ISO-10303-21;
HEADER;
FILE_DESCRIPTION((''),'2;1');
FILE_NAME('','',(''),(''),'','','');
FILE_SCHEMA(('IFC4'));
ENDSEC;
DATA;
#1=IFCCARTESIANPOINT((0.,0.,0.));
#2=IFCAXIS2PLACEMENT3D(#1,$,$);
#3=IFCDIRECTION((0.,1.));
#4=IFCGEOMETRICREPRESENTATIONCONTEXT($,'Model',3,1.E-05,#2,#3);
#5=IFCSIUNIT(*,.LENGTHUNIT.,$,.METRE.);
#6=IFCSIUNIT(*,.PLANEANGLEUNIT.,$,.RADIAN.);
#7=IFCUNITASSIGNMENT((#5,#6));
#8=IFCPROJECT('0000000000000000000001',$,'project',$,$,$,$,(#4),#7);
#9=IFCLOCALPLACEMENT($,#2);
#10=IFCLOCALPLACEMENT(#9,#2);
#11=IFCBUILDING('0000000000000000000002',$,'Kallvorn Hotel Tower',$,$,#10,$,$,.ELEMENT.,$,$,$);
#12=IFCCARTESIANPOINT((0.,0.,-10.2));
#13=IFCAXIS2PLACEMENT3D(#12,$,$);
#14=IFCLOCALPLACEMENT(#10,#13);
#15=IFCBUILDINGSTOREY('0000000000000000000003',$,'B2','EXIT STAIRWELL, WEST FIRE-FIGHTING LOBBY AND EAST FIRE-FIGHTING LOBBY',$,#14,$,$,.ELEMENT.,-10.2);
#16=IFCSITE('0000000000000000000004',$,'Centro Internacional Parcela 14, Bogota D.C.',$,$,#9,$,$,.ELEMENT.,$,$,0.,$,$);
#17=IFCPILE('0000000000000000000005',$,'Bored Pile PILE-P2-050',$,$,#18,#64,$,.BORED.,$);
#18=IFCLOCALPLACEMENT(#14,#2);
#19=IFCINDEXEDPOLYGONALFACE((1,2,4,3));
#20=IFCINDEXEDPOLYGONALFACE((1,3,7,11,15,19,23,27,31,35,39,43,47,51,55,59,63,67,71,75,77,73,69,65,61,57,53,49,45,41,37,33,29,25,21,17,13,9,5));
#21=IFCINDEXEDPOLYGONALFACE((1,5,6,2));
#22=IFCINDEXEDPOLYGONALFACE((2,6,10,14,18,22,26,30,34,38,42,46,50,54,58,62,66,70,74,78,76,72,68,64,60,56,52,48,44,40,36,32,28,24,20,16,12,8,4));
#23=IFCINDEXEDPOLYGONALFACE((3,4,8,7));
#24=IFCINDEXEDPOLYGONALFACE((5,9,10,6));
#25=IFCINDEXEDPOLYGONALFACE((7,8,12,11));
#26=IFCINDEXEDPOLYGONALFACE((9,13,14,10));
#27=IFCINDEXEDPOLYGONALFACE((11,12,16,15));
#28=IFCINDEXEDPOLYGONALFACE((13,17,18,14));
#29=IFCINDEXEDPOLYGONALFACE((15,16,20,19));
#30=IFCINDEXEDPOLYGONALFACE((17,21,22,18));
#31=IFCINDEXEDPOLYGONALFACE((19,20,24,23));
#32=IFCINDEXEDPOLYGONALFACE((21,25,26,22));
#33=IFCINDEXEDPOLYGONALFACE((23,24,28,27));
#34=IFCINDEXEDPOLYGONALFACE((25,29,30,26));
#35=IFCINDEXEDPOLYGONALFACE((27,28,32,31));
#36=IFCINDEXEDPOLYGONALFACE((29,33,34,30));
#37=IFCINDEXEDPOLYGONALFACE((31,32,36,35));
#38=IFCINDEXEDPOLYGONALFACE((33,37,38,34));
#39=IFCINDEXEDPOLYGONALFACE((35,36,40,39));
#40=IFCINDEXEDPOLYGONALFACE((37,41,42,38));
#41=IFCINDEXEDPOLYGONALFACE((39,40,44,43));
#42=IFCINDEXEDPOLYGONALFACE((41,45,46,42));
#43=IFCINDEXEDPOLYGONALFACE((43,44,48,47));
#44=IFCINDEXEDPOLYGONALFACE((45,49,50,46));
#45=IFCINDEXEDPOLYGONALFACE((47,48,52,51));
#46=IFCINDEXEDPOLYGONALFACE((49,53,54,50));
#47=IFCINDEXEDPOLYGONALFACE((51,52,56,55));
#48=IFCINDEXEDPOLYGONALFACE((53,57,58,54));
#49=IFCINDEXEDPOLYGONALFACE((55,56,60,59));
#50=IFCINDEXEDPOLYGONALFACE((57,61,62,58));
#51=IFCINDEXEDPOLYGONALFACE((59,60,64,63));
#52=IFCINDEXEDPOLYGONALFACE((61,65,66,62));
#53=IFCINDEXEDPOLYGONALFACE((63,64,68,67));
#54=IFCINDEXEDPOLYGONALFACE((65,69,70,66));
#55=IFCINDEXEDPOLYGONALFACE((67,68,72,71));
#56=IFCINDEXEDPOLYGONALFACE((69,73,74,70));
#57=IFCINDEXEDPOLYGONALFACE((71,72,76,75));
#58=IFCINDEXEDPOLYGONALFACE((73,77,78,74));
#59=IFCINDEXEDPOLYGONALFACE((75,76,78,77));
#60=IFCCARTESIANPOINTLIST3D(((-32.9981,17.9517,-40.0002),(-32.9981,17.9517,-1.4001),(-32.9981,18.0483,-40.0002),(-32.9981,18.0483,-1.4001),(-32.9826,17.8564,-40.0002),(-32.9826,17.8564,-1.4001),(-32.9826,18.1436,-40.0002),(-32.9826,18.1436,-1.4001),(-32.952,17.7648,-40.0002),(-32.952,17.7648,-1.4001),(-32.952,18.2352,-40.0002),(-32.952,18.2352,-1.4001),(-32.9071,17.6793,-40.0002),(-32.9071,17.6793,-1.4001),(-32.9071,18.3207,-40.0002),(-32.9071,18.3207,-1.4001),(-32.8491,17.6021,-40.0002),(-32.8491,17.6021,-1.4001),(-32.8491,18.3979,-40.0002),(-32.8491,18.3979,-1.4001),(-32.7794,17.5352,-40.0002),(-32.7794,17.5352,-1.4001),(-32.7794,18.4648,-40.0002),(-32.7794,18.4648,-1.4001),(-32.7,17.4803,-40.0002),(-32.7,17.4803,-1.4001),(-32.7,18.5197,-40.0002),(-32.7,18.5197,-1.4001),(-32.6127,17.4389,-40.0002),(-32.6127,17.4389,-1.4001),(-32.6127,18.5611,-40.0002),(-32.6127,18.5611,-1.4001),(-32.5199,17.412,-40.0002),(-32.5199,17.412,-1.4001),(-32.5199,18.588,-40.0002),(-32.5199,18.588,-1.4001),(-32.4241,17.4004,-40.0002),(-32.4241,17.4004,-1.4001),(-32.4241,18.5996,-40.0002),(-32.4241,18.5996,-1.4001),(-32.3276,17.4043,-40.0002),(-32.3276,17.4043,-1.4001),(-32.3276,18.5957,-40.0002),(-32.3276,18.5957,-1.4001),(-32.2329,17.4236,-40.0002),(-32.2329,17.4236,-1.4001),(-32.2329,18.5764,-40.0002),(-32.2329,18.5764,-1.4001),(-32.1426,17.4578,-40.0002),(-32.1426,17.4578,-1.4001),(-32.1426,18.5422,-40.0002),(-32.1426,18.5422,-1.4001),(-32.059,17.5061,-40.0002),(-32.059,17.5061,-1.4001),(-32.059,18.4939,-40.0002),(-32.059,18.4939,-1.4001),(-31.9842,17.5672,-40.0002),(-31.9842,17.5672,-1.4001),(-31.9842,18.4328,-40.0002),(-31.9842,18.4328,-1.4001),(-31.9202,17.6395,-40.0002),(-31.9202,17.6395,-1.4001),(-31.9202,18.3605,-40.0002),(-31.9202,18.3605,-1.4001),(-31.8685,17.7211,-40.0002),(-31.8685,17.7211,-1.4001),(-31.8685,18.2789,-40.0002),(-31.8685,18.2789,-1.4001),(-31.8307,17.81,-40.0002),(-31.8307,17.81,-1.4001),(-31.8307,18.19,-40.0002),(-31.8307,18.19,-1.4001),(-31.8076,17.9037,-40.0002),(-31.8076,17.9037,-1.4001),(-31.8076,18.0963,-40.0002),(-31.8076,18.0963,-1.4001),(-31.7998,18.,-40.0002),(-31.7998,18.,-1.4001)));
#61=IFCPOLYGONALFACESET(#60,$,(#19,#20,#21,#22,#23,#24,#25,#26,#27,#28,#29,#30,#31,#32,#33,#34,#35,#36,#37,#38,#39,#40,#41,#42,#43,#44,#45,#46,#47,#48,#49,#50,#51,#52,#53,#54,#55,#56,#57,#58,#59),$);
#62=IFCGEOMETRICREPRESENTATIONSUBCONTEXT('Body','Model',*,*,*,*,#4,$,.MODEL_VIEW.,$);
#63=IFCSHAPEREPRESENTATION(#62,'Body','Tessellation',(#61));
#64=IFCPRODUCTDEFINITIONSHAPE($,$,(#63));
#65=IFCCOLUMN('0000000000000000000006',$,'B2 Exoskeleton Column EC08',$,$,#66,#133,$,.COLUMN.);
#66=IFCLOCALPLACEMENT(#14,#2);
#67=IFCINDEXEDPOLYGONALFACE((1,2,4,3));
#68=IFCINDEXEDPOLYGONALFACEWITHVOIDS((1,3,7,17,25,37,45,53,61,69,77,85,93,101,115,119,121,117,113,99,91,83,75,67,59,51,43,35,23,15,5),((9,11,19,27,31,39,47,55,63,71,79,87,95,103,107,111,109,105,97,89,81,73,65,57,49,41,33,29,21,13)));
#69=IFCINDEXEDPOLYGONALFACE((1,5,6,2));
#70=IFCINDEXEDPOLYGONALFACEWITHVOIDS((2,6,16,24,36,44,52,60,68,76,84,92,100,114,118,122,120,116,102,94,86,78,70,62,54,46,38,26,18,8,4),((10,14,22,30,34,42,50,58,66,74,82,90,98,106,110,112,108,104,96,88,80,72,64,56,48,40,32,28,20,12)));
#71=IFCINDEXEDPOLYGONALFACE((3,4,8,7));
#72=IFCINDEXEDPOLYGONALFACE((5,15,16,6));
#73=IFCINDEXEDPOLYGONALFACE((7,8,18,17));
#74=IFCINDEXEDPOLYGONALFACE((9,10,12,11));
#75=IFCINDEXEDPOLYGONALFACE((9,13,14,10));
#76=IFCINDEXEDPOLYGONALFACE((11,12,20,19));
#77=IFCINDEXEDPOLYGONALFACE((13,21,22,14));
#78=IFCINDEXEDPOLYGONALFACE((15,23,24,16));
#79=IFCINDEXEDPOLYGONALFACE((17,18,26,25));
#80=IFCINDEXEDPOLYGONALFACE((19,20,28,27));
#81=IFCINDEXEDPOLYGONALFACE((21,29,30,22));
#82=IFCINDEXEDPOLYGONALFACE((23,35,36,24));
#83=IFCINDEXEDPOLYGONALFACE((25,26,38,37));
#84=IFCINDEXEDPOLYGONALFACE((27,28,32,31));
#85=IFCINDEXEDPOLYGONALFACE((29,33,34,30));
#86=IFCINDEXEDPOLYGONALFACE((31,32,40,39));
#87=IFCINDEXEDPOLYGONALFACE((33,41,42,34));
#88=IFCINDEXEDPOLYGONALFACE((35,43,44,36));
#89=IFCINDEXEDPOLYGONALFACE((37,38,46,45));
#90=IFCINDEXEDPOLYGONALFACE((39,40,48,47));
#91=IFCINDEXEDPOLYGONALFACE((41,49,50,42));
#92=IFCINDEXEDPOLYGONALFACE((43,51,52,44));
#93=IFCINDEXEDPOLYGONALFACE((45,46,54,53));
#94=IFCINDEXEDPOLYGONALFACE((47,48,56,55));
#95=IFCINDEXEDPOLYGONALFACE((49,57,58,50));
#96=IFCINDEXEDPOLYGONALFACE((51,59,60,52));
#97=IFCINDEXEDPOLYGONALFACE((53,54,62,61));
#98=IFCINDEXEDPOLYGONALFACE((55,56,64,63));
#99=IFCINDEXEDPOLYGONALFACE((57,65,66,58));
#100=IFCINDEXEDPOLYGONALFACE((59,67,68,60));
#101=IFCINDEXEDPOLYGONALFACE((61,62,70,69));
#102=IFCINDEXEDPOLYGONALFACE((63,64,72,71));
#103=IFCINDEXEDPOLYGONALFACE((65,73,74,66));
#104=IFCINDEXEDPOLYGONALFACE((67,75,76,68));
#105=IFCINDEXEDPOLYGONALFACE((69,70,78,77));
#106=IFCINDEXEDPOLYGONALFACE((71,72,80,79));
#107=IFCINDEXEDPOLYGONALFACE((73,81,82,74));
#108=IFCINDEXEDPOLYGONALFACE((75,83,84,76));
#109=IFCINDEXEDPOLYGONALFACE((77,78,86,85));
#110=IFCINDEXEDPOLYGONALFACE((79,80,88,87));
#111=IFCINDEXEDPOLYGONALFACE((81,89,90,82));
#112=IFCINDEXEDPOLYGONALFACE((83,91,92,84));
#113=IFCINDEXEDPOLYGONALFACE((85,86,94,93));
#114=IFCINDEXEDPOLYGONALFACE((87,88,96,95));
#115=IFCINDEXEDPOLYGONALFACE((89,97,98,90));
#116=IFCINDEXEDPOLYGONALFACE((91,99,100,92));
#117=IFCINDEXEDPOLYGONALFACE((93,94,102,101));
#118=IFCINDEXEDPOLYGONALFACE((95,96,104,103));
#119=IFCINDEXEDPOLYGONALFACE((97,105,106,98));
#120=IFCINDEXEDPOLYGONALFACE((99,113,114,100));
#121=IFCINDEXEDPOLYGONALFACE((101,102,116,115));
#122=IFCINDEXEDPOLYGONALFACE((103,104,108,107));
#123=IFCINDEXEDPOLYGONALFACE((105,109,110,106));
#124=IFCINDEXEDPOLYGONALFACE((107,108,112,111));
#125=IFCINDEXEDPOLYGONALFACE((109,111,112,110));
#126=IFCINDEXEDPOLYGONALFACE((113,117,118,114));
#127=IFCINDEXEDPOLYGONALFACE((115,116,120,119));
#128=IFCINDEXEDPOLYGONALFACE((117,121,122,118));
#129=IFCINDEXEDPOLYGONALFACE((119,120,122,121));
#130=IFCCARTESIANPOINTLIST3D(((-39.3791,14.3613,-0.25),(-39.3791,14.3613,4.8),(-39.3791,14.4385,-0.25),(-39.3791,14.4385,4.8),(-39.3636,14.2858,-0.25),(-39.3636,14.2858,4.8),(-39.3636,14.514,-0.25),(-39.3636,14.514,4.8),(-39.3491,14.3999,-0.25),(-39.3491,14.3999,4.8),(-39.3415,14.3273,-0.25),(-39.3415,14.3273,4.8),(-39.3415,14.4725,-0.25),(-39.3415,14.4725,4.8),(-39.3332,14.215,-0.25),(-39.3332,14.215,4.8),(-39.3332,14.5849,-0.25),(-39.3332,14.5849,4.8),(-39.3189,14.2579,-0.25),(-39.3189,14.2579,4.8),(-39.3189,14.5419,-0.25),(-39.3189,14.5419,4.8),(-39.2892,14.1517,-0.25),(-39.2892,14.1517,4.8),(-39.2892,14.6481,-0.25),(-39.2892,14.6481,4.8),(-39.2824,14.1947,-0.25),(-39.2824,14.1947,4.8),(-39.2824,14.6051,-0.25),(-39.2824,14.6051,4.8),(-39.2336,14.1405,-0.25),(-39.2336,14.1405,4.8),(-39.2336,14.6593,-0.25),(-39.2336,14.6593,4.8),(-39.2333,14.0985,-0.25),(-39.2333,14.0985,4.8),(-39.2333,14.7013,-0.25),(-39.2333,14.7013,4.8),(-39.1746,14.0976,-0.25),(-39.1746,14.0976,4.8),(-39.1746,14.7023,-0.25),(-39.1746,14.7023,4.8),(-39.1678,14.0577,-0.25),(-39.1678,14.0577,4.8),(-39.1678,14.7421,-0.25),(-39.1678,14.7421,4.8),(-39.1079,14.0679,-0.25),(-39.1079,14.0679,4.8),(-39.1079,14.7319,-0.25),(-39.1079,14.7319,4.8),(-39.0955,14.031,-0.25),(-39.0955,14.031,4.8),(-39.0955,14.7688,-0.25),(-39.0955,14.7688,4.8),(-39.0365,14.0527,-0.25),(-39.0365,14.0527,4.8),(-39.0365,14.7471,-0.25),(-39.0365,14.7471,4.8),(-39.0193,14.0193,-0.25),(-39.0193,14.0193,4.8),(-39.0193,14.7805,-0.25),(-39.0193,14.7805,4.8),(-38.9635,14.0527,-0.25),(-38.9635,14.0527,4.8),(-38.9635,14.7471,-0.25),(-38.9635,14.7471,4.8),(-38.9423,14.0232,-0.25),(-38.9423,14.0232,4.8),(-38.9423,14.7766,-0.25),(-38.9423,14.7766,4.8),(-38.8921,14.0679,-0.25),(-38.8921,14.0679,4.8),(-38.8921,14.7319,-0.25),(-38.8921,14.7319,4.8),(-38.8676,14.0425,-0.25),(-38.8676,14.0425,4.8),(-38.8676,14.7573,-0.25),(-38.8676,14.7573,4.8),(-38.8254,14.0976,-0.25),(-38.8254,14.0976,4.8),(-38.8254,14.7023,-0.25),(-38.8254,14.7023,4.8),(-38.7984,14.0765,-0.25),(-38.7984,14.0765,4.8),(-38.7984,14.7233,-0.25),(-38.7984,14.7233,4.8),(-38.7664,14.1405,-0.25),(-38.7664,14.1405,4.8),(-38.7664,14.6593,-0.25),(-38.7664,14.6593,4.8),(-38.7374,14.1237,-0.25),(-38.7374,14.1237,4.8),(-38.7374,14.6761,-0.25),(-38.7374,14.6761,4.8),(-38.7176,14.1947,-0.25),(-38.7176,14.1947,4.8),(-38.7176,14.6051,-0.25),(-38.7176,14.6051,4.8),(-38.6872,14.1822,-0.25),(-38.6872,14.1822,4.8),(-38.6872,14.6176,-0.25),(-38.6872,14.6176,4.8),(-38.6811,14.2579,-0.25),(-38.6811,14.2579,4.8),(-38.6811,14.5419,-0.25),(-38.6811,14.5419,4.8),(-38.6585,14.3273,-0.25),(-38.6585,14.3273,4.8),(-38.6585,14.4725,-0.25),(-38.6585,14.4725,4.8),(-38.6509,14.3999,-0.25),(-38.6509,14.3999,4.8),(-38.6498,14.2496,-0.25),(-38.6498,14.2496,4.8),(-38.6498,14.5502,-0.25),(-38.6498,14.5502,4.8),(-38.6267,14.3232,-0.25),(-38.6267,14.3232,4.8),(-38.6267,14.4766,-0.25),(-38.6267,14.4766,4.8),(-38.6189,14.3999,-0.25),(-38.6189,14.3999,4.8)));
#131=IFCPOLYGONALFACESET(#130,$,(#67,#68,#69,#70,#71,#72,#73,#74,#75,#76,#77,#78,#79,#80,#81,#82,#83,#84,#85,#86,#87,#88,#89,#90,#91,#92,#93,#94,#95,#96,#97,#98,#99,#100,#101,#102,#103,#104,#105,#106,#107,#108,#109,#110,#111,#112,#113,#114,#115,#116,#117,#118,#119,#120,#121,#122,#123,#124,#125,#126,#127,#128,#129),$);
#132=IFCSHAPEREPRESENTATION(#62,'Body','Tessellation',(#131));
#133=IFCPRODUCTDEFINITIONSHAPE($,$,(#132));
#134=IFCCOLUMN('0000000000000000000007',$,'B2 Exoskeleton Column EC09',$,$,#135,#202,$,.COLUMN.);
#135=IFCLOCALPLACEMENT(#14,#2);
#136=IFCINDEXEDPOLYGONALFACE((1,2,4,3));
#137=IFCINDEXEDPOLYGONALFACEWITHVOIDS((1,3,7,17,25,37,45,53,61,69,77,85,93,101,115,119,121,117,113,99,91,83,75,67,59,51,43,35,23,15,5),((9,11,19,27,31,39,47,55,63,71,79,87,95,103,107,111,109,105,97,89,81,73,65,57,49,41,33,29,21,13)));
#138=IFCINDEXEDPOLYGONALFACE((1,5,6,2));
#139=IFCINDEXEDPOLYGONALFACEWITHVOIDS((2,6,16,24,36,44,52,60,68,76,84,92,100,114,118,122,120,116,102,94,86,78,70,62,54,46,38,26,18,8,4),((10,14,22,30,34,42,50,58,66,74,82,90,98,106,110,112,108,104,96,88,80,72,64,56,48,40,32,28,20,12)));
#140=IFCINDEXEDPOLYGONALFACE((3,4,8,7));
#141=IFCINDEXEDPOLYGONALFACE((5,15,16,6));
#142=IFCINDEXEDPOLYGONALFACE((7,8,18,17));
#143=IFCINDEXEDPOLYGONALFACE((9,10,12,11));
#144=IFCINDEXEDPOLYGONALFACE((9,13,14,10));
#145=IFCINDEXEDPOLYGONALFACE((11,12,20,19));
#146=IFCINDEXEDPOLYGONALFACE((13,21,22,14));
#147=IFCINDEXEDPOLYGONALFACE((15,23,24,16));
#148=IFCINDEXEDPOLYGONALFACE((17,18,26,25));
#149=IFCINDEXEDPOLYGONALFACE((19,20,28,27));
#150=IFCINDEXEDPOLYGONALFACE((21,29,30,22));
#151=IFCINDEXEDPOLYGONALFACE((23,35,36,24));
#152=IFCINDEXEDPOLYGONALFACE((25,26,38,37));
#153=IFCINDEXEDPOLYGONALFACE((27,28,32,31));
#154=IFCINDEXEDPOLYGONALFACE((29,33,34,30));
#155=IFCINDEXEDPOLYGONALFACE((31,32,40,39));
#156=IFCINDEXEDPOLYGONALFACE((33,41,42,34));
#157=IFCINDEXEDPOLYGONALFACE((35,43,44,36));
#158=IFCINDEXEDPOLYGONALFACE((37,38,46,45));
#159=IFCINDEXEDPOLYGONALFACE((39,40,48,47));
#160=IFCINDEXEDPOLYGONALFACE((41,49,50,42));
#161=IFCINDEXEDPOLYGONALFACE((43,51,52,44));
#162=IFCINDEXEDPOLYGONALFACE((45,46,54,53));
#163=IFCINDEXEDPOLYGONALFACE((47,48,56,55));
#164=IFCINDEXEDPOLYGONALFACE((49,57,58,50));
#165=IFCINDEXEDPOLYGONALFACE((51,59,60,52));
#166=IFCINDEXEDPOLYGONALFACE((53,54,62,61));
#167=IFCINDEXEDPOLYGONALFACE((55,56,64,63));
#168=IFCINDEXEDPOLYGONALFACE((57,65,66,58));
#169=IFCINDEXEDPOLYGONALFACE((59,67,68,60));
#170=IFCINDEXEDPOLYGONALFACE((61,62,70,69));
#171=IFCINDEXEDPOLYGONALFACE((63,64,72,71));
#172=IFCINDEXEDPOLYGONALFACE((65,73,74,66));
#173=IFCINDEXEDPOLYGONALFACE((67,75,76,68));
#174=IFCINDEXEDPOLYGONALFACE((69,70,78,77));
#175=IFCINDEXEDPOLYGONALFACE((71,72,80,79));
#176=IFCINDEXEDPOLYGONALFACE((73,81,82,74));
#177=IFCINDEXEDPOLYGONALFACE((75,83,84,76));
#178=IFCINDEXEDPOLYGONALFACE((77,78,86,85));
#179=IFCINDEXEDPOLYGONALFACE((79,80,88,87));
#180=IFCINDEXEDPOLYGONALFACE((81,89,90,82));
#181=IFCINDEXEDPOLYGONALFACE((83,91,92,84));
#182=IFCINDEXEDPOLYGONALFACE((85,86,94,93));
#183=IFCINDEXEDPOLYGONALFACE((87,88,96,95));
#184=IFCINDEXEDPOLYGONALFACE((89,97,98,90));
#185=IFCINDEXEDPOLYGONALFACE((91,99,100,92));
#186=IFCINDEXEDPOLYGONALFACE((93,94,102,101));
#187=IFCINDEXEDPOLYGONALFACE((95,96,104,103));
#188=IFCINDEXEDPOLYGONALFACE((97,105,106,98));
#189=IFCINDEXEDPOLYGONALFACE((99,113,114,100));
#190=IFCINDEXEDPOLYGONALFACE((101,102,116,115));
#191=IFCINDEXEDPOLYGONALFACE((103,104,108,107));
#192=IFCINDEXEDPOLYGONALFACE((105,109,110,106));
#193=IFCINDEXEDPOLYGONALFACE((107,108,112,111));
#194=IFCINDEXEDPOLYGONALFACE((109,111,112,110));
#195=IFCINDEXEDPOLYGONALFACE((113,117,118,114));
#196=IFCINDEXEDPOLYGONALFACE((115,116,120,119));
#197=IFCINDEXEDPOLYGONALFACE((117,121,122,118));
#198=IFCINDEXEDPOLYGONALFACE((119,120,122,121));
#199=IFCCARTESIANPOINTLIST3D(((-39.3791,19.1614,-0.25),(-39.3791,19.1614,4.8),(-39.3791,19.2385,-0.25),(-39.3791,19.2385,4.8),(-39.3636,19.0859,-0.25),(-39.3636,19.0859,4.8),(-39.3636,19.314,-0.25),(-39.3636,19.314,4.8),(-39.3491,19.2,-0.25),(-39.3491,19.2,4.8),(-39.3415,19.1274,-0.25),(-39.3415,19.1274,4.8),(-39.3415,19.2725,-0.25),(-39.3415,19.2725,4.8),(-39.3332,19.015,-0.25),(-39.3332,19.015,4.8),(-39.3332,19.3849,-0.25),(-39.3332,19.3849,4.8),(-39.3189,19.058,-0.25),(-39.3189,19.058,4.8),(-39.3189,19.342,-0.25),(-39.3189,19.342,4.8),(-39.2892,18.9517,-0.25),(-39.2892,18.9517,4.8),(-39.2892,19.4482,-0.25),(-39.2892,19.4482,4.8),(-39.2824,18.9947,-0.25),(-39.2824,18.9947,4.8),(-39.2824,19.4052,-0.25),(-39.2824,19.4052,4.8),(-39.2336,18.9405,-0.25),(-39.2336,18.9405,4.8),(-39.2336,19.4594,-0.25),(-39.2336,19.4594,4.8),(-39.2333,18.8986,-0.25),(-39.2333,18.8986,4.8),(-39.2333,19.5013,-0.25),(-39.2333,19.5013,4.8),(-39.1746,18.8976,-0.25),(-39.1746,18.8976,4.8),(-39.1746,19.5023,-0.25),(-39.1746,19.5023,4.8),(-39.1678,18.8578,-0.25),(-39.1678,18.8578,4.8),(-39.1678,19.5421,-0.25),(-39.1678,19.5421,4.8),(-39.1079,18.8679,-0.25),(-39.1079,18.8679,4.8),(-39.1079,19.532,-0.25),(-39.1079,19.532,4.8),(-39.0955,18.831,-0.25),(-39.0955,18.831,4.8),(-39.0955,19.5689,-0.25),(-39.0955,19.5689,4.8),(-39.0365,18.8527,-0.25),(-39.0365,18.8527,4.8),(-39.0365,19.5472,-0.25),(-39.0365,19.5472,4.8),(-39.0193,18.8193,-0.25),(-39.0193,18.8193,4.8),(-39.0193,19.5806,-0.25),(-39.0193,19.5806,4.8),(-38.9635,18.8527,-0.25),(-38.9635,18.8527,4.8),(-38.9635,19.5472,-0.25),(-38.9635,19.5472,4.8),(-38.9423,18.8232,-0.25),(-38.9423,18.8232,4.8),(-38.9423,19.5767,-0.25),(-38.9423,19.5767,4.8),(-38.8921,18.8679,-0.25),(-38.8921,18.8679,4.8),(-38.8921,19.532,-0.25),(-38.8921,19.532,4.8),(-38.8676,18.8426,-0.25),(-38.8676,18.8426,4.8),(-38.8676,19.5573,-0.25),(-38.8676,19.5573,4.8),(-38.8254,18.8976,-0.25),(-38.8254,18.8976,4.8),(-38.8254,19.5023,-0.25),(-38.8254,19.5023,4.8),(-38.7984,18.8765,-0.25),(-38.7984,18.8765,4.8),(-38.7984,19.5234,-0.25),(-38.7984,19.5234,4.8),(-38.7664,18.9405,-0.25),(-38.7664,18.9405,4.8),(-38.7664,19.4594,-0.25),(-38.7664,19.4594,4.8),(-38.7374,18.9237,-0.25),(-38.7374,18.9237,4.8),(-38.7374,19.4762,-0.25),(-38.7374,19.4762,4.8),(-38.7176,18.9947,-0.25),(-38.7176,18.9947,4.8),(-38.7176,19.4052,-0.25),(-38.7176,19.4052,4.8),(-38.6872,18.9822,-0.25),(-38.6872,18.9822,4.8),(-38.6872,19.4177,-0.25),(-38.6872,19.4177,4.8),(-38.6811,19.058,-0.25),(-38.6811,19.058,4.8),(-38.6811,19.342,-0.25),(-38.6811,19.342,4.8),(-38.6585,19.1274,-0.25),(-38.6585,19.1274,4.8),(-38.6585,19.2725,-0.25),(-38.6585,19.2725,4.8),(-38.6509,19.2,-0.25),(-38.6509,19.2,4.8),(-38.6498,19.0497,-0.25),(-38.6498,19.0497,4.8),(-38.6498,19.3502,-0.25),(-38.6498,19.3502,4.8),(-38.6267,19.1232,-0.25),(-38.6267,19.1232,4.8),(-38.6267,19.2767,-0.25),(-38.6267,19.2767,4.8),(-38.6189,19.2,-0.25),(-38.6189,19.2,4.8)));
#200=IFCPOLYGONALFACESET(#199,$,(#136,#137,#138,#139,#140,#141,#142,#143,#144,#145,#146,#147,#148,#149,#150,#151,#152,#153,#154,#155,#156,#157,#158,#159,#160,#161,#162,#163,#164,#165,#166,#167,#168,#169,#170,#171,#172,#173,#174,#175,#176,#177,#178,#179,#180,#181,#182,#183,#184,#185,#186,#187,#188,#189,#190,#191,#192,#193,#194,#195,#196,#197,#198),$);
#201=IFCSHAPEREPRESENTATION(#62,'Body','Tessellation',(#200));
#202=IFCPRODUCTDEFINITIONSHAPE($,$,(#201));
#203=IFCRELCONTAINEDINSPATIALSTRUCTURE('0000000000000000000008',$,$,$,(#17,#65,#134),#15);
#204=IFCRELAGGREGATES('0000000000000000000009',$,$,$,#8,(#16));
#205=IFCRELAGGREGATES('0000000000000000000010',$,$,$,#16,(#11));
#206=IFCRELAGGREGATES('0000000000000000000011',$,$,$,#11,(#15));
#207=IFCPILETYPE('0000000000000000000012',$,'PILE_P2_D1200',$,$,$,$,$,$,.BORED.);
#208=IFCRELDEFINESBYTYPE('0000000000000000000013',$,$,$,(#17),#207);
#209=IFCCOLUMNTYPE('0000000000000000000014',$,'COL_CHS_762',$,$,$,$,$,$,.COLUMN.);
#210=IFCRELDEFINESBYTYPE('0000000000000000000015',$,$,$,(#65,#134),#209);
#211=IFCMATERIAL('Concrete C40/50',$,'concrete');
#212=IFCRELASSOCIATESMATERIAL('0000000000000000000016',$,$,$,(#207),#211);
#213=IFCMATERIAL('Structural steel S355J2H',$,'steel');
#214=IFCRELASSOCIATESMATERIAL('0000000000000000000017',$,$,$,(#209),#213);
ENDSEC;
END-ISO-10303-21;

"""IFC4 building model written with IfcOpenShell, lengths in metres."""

from ifc_helpers import new_model, si_unit, direction, frame, origin, origin_2d, place, context, subcontext, project, spatial, circle, hollow_circle, extrude, material, material_profile, profile_set, type_object, element, save


model = new_model("IFC4")

# Units and contexts
model_context = context("Model", 3, precision=1e-05, world=origin(), true_north=direction((0.0, 1.0)))
body_context = subcontext(model_context, "Body", "Model", "MODEL_VIEW")
ifc_project = project(units=[si_unit("LENGTHUNIT", "METRE"), si_unit("PLANEANGLEUNIT", "RADIAN")], contexts=[model_context])

# Site, building, storey
site_placement = place(None, origin())
site = spatial("IfcSite", under=ifc_project, at=site_placement, Name="Centro Internacional Parcela 14, Bogota D.C.", CompositionType="ELEMENT", RefElevation=0.0)
building_placement = place(site_placement, origin())
building = spatial("IfcBuilding", under=site, at=building_placement, Name="Kallvorn Hotel Tower", CompositionType="ELEMENT")
storey_placement = place(building_placement, frame((0.0, 0.0, -10.2)))
storey = spatial("IfcBuildingStorey", under=building, at=storey_placement, Name="B2", Description="EXIT STAIRWELL, WEST FIRE-FIGHTING LOBBY AND EAST FIRE-FIGHTING LOBBY", CompositionType="ELEMENT", Elevation=-10.2)

# Pile
ifc_material_1 = material(Name="Concrete C40/50", Category="concrete")
ifc_material_profile_1 = material_profile(ifc_material_1, circle(Radius=0.6001, at=origin_2d()), Name="PILE D1200")
ifc_profile_set_1 = profile_set([ifc_material_profile_1], Name="Concrete C40/50")
pile_type_1 = type_object("IfcPileType", Name="PILE_P2_D1200", PredefinedType="BORED", material=ifc_profile_set_1)
for number, where, z_axis, x_axis, name in (
    (1, (-32.3999, 18.0, -1.4001), (0.0, 0.0, -1.0), (1.0, 0.0, 0.0), "Bored Pile PILE-P2-050"),
):
    element("IfcPile", number, at=place(storey_placement, frame(where, z_axis=z_axis, x_axis=x_axis)), inside=storey, type_object=pile_type_1, Name=name, PredefinedType="BORED", context=body_context, shape_type="SweptSolid", body=[
        extrude(circle(Radius=0.6001, at=origin_2d()), origin(), (0.0, 0.0, 1.0), 38.6001),
    ])

# Columns
ifc_material_2 = material(Name="Structural steel S355J2H", Category="steel")
ifc_material_profile_2 = material_profile(ifc_material_2, hollow_circle(Radius=0.3811, WallThickness=0.032, at=origin_2d()), Name="CHS 762x32")
ifc_profile_set_2 = profile_set([ifc_material_profile_2], Name="Structural steel S355J2H")
column_type_1 = type_object("IfcColumnType", Name="COL_CHS_762", PredefinedType="COLUMN", material=ifc_profile_set_2)
for number, where, z_axis, x_axis, name in (
    (2, (-39.0, 14.3999, -0.25), (0.0, 0.0, 1.0), (1.0, 0.0, 0.0), "B2 Exoskeleton Column EC08"),
    (3, (-39.0, 19.2, -0.25), (0.0, 0.0, 1.0), (1.0, 0.0, 0.0), "B2 Exoskeleton Column EC09"),
):
    element("IfcColumn", number, at=place(storey_placement, frame(where, z_axis=z_axis, x_axis=x_axis)), inside=storey, type_object=column_type_1, Name=name, PredefinedType="COLUMN", context=body_context, shape_type="SweptSolid", body=[
        extrude(hollow_circle(Radius=0.3811, WallThickness=0.032, at=origin_2d()), origin(), (0.0, 0.0, 1.0), 5.05),
    ])

save(model, "model.ifc")
